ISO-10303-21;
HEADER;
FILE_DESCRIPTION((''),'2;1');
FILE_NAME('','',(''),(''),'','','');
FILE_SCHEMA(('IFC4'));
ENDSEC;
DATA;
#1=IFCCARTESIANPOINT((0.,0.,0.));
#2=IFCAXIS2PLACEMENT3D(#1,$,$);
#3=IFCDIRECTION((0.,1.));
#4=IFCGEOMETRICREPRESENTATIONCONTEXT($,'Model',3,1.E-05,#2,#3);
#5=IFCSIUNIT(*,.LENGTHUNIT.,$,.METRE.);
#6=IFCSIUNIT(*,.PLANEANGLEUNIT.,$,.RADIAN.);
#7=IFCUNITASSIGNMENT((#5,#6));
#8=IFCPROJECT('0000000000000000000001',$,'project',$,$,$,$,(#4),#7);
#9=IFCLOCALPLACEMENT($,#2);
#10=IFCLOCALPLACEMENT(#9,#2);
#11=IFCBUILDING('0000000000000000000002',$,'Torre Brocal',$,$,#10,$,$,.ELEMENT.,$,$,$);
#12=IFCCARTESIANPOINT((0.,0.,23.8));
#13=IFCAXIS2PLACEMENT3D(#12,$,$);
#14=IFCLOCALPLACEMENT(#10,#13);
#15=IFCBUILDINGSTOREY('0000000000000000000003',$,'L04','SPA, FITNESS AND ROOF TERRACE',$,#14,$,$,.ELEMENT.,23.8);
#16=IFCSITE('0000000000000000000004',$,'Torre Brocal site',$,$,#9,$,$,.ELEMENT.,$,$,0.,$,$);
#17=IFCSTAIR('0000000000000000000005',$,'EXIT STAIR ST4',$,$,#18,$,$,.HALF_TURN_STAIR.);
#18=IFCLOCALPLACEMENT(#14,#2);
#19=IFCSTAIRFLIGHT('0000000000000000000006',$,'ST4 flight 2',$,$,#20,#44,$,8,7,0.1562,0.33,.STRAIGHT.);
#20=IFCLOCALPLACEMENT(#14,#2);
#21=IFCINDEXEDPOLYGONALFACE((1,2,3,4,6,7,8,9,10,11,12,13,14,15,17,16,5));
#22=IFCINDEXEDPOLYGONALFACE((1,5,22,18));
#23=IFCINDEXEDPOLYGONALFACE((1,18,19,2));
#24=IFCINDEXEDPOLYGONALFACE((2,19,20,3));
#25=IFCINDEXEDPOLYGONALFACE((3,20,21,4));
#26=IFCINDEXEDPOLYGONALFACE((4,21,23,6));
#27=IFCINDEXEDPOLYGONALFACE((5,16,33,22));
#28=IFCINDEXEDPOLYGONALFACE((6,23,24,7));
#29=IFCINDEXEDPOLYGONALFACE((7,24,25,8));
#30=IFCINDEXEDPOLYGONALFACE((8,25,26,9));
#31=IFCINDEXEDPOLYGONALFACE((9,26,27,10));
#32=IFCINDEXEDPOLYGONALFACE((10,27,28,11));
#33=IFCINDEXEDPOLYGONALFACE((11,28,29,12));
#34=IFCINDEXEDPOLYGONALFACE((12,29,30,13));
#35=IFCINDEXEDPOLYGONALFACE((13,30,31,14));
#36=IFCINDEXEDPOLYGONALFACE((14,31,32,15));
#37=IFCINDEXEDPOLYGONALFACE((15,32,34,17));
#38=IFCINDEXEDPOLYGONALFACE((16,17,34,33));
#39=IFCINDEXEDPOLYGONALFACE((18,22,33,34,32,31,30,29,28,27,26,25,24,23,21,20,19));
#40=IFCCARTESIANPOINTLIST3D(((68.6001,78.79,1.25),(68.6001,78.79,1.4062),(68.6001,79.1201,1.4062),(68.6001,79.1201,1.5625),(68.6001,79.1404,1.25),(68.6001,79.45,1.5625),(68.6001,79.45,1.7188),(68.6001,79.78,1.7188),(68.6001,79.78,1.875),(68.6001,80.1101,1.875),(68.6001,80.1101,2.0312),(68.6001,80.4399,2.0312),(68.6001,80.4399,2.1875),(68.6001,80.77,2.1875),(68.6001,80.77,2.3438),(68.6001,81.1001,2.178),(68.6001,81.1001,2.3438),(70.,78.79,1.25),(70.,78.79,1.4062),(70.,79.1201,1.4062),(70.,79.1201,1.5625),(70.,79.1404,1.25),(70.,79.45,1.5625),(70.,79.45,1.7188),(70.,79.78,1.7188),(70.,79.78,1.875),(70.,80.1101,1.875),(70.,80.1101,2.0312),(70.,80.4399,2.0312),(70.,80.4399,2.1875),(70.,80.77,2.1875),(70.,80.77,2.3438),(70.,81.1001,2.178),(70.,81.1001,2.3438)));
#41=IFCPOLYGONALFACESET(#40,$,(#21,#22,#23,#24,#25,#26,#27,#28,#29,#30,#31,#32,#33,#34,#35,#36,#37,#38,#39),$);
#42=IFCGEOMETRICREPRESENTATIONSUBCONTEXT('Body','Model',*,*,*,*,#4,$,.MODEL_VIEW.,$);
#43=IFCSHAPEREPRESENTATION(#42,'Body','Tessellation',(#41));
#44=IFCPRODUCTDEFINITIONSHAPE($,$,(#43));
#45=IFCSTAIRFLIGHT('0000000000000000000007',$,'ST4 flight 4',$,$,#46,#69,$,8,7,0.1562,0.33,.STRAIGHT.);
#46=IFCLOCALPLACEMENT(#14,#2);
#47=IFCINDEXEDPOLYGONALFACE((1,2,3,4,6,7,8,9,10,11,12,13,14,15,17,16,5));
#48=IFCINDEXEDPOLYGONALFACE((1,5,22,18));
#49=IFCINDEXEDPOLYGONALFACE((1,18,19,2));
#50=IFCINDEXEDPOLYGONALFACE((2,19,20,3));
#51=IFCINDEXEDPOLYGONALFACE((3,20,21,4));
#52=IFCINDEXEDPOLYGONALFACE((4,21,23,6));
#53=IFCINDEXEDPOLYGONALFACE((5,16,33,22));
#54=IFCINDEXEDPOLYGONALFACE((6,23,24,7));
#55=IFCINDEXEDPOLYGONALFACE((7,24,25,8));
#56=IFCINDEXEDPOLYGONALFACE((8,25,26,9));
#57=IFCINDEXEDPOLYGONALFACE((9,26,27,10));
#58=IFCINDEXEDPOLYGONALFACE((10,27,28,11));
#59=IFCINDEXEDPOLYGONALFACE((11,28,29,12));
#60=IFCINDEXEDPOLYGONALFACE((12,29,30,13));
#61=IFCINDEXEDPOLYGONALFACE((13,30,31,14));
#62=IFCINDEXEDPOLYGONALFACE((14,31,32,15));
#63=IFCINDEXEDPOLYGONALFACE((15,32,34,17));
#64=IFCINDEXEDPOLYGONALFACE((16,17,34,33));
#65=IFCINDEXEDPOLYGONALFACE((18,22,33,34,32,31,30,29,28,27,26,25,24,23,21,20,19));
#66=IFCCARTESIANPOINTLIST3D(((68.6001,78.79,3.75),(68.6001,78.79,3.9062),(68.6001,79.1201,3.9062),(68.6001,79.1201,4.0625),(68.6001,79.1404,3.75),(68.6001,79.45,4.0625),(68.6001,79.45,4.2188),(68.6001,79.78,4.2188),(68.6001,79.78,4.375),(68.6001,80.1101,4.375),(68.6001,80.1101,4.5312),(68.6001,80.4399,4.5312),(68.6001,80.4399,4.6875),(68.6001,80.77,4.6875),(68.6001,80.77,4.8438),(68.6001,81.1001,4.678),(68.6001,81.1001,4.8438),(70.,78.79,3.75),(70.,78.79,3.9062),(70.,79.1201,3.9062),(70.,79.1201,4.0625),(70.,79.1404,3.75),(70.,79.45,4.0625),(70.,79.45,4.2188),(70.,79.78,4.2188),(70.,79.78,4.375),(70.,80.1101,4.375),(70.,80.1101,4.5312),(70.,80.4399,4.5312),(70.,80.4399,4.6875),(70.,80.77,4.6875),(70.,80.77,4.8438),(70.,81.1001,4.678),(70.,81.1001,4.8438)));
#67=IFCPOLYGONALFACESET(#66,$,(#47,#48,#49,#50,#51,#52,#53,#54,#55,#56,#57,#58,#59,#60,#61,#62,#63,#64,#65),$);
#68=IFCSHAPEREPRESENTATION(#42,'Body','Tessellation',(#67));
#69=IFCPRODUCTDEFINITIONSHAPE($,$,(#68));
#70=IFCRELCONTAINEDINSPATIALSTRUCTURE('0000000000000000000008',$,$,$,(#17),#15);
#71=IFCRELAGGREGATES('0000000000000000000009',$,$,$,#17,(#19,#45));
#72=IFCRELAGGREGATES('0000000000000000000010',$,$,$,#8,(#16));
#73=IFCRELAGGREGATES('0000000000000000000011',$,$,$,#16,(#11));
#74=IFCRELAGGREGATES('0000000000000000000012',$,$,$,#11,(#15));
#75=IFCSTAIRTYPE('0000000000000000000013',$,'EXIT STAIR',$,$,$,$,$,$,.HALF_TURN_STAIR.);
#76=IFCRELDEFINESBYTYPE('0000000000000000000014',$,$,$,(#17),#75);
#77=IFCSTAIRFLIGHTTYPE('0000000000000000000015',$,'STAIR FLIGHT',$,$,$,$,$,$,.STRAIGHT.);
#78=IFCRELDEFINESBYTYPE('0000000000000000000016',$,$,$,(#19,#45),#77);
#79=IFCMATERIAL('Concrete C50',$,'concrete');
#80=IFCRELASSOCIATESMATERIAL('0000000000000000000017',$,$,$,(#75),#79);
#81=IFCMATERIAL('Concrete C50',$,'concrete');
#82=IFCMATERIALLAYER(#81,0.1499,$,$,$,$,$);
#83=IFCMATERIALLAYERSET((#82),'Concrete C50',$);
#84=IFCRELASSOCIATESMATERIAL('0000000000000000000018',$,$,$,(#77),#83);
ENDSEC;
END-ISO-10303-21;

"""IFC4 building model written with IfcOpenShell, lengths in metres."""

from ifc_helpers import new_model, si_unit, direction, frame, origin, place, context, subcontext, project, spatial, polyline, outline, extrude, material, layer, layer_set, type_object, element, aggregate, save


model = new_model("IFC4")

# Units and contexts
model_context = context("Model", 3, precision=1e-05, world=origin(), true_north=direction((0.0, 1.0)))
body_context = subcontext(model_context, "Body", "Model", "MODEL_VIEW")
ifc_project = project(units=[si_unit("LENGTHUNIT", "METRE"), si_unit("PLANEANGLEUNIT", "RADIAN")], contexts=[model_context])

# Site, building, storey
site_placement = place(None, origin())
site = spatial("IfcSite", under=ifc_project, at=site_placement, Name="Torre Brocal site", CompositionType="ELEMENT", RefElevation=0.0)
building_placement = place(site_placement, origin())
building = spatial("IfcBuilding", under=site, at=building_placement, Name="Torre Brocal", CompositionType="ELEMENT")
storey_placement = place(building_placement, frame((0.0, 0.0, 23.8)))
storey = spatial("IfcBuildingStorey", under=building, at=storey_placement, Name="L04", Description="SPA, FITNESS AND ROOF TERRACE", CompositionType="ELEMENT", Elevation=23.8)

# Stair, stair flights
ifc_material_1 = material(Name="Concrete C50", Category="concrete")
stair_type = type_object("IfcStairType", Name="EXIT STAIR", PredefinedType="HALF_TURN_STAIR", material=ifc_material_1)
stair_placement = place(storey_placement, origin())
stair = element("IfcStair", 1, at=stair_placement, inside=storey, type_object=stair_type, Name="EXIT STAIR ST4", PredefinedType="HALF_TURN_STAIR")
ifc_material_2 = material(Name="Concrete C50", Category="concrete")
ifc_layer_1 = layer(ifc_material_2, 0.1499)
ifc_layer_set_1 = layer_set([ifc_layer_1], Name="Concrete C50")
stair_flight_type = type_object("IfcStairFlightType", Name="STAIR FLIGHT", PredefinedType="STRAIGHT", material=ifc_layer_set_1)
stair_flight_1_placement = place(storey_placement, frame((69.3, 78.79, 1.25), z_axis=(0.0, 0.0, 1.0), x_axis=(0.0, 1.0, 0.0)))
stair_flight_1 = element("IfcStairFlight", 2, at=stair_flight_1_placement, type_object=stair_flight_type, Name="ST4 flight 2", NumberOfRisers=8, NumberOfTreads=7, PredefinedType="STRAIGHT", RiserHeight=0.1562, TreadLength=0.33, context=body_context, shape_type="SweptSolid", body=[
    extrude(outline(polyline([(0.0, 0.0), (0.0, 0.1562), (0.3301, 0.1562), (0.3301, 0.3125), (0.6599, 0.3125), (0.6599, 0.4688), (0.99, 0.4688), (0.99, 0.625), (1.3201, 0.625), (1.3201, 0.7812), (1.6499, 0.7812), (1.6499, 0.9375), (1.98, 0.9375), (1.98, 1.0938), (2.3101, 1.0938), (2.3101, 1.25), (2.3101, 0.928), (0.3503, 0.0), (0.0, 0.0)])), frame((0.0, 0.7, 0.0), z_axis=(0.0, -1.0, 0.0), x_axis=(1.0, 0.0, 0.0)), (0.0, 0.0, 1.0), 1.3999),
])
stair_flight_2_placement = place(storey_placement, frame((69.3, 78.79, 3.75), z_axis=(0.0, 0.0, 1.0), x_axis=(0.0, 1.0, 0.0)))
stair_flight_2 = element("IfcStairFlight", 3, at=stair_flight_2_placement, type_object=stair_flight_type, Name="ST4 flight 4", NumberOfRisers=8, NumberOfTreads=7, PredefinedType="STRAIGHT", RiserHeight=0.1562, TreadLength=0.33, context=body_context, shape_type="SweptSolid", body=[
    extrude(outline(polyline([(0.0, 0.0), (0.0, 0.1562), (0.3301, 0.1562), (0.3301, 0.3125), (0.6599, 0.3125), (0.6599, 0.4688), (0.99, 0.4688), (0.99, 0.625), (1.3201, 0.625), (1.3201, 0.7812), (1.6499, 0.7812), (1.6499, 0.9375), (1.98, 0.9375), (1.98, 1.0938), (2.3101, 1.0938), (2.3101, 1.25), (2.3101, 0.928), (0.3503, 0.0), (0.0, 0.0)])), frame((0.0, 0.7, 0.0), z_axis=(0.0, -1.0, 0.0), x_axis=(1.0, 0.0, 0.0)), (0.0, 0.0, 1.0), 1.3999),
])
aggregate(stair, [stair_flight_1, stair_flight_2])

save(model, "model.ifc")
